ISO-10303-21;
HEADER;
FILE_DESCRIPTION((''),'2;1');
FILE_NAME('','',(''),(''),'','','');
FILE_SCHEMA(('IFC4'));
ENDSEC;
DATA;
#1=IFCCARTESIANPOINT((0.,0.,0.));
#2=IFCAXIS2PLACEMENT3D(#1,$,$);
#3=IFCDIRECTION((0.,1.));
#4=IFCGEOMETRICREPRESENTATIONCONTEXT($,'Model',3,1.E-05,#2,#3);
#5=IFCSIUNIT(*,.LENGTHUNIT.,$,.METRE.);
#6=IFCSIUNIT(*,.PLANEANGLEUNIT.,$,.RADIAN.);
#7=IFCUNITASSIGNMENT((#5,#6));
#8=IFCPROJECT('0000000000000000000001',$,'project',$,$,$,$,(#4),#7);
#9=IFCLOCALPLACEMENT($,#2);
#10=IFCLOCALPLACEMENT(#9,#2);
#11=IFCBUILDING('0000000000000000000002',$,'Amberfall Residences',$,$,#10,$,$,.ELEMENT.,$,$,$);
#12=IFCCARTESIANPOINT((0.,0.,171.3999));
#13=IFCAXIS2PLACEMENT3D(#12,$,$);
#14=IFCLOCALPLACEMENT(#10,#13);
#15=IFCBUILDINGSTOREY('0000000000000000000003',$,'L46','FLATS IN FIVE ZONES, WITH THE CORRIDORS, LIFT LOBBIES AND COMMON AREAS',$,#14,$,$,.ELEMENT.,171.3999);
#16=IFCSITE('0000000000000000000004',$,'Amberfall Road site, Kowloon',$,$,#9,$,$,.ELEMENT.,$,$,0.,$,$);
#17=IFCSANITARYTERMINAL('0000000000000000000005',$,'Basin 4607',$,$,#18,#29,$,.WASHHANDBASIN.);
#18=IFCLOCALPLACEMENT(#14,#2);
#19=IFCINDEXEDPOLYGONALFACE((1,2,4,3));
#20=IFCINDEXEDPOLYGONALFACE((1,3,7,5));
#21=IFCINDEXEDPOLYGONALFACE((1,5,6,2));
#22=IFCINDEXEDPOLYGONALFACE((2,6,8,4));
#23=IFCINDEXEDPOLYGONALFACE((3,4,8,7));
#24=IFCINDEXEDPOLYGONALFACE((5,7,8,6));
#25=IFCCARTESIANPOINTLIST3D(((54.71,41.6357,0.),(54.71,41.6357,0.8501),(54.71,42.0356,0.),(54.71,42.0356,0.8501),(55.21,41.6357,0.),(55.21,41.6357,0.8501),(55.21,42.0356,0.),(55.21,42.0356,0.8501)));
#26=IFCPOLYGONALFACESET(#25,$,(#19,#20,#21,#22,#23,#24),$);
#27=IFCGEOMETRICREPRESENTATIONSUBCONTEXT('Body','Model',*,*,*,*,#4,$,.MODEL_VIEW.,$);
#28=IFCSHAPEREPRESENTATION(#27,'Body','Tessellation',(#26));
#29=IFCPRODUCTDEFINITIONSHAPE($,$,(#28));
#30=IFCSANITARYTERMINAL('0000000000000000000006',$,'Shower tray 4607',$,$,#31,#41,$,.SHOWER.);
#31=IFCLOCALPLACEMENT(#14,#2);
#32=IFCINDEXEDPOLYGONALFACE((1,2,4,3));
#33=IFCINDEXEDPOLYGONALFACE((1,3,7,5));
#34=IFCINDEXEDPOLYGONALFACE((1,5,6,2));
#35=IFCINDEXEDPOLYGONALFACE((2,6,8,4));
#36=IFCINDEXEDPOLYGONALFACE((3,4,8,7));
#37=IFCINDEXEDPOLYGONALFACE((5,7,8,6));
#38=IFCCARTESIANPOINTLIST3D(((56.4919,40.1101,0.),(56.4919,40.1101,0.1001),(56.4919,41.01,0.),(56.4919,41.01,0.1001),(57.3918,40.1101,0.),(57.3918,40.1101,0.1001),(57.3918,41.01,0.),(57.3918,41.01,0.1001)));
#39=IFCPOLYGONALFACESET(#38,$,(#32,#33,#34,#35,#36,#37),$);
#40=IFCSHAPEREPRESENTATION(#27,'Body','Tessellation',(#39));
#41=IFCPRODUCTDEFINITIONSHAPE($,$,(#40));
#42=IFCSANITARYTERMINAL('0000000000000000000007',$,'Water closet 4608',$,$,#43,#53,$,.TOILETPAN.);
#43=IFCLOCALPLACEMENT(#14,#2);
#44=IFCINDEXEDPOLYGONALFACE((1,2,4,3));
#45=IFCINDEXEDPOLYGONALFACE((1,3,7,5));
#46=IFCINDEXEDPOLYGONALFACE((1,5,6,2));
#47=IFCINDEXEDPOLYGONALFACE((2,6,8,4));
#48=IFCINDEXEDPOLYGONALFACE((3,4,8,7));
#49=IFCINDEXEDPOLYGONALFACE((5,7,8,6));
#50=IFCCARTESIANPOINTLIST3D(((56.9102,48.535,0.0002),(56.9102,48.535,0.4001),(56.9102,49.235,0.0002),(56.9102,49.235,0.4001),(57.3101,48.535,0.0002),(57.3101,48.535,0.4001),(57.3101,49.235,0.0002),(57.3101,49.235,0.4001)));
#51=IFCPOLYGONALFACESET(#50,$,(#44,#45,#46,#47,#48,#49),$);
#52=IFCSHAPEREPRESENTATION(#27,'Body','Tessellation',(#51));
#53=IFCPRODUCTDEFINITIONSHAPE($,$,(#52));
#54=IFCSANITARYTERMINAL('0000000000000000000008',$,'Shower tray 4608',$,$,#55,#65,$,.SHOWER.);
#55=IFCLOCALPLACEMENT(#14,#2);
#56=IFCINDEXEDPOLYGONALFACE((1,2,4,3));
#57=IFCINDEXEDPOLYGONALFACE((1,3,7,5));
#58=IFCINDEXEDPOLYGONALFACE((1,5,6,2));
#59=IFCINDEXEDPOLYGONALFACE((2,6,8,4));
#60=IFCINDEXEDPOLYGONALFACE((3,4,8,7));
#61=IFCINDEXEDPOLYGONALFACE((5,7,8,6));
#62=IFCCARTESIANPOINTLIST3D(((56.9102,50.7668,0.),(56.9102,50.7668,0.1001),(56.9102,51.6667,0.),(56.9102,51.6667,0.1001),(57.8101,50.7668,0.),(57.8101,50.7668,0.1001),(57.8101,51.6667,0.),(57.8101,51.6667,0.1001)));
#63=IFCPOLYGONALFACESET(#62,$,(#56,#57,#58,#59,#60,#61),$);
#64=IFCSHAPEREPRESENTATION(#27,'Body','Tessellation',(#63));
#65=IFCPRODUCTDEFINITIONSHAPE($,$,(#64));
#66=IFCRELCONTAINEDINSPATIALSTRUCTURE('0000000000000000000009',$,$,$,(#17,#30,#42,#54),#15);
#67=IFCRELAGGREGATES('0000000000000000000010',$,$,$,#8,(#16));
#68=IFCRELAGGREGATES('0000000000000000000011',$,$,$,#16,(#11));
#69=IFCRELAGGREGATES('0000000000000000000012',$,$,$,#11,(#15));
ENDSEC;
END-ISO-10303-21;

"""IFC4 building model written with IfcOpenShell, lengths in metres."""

from ifc_helpers import new_model, si_unit, direction, frame, origin, origin_2d, place, context, subcontext, project, spatial, rectangle, extrude, element, save


model = new_model("IFC4")

# Units and contexts
model_context = context("Model", 3, precision=1e-05, world=origin(), true_north=direction((0.0, 1.0)))
body_context = subcontext(model_context, "Body", "Model", "MODEL_VIEW")
ifc_project = project(units=[si_unit("LENGTHUNIT", "METRE"), si_unit("PLANEANGLEUNIT", "RADIAN")], contexts=[model_context])

# Site, building, storey
site_placement = place(None, origin())
site = spatial("IfcSite", under=ifc_project, at=site_placement, Name="Amberfall Road site, Kowloon", CompositionType="ELEMENT", RefElevation=0.0)
building_placement = place(site_placement, origin())
building = spatial("IfcBuilding", under=site, at=building_placement, Name="Amberfall Residences", CompositionType="ELEMENT")
storey_placement = place(building_placement, frame((0.0, 0.0, 171.3999)))
storey = spatial("IfcBuildingStorey", under=building, at=storey_placement, Name="L46", Description="FLATS IN FIVE ZONES, WITH THE CORRIDORS, LIFT LOBBIES AND COMMON AREAS", CompositionType="ELEMENT", Elevation=171.3999)

# Sanitary terminals
sanitary_terminal_1_placement = place(storey_placement, frame((54.96, 41.8357, 0.0), z_axis=(0.0, 0.0, 1.0), x_axis=(1.0, 0.0, 0.0)))
element("IfcSanitaryTerminal", 1, at=sanitary_terminal_1_placement, inside=storey, Name="Basin 4607", PredefinedType="WASHHANDBASIN", context=body_context, shape_type="SweptSolid", body=[
    extrude(rectangle(XDim=0.5, YDim=0.3999, at=origin_2d()), origin(), (0.0, 0.0, 1.0), 0.8501),
])
sanitary_terminal_2_placement = place(storey_placement, frame((56.9419, 40.5601, 0.0), z_axis=(0.0, 0.0, 1.0), x_axis=(1.0, 0.0, 0.0)))
element("IfcSanitaryTerminal", 2, at=sanitary_terminal_2_placement, inside=storey, Name="Shower tray 4607", PredefinedType="SHOWER", context=body_context, shape_type="SweptSolid", body=[
    extrude(rectangle(XDim=0.8999, YDim=0.8999, at=origin_2d()), origin(), (0.0, 0.0, 1.0), 0.1001),
])
sanitary_terminal_3_placement = place(storey_placement, frame((57.1101, 48.885, 0.0002), z_axis=(0.0, 0.0, 1.0), x_axis=(1.0, 0.0, 0.0)))
element("IfcSanitaryTerminal", 3, at=sanitary_terminal_3_placement, inside=storey, Name="Water closet 4608", PredefinedType="TOILETPAN", context=body_context, shape_type="SweptSolid", body=[
    extrude(rectangle(XDim=0.3999, YDim=0.7, at=origin_2d()), origin(), (0.0, 0.0, 1.0), 0.3999),
])
sanitary_terminal_4_placement = place(storey_placement, frame((57.3601, 51.2168, 0.0), z_axis=(0.0, 0.0, 1.0), x_axis=(1.0, 0.0, 0.0)))
element("IfcSanitaryTerminal", 4, at=sanitary_terminal_4_placement, inside=storey, Name="Shower tray 4608", PredefinedType="SHOWER", context=body_context, shape_type="SweptSolid", body=[
    extrude(rectangle(XDim=0.8999, YDim=0.8999, at=origin_2d()), origin(), (0.0, 0.0, 1.0), 0.1001),
])

save(model, "model.ifc")
